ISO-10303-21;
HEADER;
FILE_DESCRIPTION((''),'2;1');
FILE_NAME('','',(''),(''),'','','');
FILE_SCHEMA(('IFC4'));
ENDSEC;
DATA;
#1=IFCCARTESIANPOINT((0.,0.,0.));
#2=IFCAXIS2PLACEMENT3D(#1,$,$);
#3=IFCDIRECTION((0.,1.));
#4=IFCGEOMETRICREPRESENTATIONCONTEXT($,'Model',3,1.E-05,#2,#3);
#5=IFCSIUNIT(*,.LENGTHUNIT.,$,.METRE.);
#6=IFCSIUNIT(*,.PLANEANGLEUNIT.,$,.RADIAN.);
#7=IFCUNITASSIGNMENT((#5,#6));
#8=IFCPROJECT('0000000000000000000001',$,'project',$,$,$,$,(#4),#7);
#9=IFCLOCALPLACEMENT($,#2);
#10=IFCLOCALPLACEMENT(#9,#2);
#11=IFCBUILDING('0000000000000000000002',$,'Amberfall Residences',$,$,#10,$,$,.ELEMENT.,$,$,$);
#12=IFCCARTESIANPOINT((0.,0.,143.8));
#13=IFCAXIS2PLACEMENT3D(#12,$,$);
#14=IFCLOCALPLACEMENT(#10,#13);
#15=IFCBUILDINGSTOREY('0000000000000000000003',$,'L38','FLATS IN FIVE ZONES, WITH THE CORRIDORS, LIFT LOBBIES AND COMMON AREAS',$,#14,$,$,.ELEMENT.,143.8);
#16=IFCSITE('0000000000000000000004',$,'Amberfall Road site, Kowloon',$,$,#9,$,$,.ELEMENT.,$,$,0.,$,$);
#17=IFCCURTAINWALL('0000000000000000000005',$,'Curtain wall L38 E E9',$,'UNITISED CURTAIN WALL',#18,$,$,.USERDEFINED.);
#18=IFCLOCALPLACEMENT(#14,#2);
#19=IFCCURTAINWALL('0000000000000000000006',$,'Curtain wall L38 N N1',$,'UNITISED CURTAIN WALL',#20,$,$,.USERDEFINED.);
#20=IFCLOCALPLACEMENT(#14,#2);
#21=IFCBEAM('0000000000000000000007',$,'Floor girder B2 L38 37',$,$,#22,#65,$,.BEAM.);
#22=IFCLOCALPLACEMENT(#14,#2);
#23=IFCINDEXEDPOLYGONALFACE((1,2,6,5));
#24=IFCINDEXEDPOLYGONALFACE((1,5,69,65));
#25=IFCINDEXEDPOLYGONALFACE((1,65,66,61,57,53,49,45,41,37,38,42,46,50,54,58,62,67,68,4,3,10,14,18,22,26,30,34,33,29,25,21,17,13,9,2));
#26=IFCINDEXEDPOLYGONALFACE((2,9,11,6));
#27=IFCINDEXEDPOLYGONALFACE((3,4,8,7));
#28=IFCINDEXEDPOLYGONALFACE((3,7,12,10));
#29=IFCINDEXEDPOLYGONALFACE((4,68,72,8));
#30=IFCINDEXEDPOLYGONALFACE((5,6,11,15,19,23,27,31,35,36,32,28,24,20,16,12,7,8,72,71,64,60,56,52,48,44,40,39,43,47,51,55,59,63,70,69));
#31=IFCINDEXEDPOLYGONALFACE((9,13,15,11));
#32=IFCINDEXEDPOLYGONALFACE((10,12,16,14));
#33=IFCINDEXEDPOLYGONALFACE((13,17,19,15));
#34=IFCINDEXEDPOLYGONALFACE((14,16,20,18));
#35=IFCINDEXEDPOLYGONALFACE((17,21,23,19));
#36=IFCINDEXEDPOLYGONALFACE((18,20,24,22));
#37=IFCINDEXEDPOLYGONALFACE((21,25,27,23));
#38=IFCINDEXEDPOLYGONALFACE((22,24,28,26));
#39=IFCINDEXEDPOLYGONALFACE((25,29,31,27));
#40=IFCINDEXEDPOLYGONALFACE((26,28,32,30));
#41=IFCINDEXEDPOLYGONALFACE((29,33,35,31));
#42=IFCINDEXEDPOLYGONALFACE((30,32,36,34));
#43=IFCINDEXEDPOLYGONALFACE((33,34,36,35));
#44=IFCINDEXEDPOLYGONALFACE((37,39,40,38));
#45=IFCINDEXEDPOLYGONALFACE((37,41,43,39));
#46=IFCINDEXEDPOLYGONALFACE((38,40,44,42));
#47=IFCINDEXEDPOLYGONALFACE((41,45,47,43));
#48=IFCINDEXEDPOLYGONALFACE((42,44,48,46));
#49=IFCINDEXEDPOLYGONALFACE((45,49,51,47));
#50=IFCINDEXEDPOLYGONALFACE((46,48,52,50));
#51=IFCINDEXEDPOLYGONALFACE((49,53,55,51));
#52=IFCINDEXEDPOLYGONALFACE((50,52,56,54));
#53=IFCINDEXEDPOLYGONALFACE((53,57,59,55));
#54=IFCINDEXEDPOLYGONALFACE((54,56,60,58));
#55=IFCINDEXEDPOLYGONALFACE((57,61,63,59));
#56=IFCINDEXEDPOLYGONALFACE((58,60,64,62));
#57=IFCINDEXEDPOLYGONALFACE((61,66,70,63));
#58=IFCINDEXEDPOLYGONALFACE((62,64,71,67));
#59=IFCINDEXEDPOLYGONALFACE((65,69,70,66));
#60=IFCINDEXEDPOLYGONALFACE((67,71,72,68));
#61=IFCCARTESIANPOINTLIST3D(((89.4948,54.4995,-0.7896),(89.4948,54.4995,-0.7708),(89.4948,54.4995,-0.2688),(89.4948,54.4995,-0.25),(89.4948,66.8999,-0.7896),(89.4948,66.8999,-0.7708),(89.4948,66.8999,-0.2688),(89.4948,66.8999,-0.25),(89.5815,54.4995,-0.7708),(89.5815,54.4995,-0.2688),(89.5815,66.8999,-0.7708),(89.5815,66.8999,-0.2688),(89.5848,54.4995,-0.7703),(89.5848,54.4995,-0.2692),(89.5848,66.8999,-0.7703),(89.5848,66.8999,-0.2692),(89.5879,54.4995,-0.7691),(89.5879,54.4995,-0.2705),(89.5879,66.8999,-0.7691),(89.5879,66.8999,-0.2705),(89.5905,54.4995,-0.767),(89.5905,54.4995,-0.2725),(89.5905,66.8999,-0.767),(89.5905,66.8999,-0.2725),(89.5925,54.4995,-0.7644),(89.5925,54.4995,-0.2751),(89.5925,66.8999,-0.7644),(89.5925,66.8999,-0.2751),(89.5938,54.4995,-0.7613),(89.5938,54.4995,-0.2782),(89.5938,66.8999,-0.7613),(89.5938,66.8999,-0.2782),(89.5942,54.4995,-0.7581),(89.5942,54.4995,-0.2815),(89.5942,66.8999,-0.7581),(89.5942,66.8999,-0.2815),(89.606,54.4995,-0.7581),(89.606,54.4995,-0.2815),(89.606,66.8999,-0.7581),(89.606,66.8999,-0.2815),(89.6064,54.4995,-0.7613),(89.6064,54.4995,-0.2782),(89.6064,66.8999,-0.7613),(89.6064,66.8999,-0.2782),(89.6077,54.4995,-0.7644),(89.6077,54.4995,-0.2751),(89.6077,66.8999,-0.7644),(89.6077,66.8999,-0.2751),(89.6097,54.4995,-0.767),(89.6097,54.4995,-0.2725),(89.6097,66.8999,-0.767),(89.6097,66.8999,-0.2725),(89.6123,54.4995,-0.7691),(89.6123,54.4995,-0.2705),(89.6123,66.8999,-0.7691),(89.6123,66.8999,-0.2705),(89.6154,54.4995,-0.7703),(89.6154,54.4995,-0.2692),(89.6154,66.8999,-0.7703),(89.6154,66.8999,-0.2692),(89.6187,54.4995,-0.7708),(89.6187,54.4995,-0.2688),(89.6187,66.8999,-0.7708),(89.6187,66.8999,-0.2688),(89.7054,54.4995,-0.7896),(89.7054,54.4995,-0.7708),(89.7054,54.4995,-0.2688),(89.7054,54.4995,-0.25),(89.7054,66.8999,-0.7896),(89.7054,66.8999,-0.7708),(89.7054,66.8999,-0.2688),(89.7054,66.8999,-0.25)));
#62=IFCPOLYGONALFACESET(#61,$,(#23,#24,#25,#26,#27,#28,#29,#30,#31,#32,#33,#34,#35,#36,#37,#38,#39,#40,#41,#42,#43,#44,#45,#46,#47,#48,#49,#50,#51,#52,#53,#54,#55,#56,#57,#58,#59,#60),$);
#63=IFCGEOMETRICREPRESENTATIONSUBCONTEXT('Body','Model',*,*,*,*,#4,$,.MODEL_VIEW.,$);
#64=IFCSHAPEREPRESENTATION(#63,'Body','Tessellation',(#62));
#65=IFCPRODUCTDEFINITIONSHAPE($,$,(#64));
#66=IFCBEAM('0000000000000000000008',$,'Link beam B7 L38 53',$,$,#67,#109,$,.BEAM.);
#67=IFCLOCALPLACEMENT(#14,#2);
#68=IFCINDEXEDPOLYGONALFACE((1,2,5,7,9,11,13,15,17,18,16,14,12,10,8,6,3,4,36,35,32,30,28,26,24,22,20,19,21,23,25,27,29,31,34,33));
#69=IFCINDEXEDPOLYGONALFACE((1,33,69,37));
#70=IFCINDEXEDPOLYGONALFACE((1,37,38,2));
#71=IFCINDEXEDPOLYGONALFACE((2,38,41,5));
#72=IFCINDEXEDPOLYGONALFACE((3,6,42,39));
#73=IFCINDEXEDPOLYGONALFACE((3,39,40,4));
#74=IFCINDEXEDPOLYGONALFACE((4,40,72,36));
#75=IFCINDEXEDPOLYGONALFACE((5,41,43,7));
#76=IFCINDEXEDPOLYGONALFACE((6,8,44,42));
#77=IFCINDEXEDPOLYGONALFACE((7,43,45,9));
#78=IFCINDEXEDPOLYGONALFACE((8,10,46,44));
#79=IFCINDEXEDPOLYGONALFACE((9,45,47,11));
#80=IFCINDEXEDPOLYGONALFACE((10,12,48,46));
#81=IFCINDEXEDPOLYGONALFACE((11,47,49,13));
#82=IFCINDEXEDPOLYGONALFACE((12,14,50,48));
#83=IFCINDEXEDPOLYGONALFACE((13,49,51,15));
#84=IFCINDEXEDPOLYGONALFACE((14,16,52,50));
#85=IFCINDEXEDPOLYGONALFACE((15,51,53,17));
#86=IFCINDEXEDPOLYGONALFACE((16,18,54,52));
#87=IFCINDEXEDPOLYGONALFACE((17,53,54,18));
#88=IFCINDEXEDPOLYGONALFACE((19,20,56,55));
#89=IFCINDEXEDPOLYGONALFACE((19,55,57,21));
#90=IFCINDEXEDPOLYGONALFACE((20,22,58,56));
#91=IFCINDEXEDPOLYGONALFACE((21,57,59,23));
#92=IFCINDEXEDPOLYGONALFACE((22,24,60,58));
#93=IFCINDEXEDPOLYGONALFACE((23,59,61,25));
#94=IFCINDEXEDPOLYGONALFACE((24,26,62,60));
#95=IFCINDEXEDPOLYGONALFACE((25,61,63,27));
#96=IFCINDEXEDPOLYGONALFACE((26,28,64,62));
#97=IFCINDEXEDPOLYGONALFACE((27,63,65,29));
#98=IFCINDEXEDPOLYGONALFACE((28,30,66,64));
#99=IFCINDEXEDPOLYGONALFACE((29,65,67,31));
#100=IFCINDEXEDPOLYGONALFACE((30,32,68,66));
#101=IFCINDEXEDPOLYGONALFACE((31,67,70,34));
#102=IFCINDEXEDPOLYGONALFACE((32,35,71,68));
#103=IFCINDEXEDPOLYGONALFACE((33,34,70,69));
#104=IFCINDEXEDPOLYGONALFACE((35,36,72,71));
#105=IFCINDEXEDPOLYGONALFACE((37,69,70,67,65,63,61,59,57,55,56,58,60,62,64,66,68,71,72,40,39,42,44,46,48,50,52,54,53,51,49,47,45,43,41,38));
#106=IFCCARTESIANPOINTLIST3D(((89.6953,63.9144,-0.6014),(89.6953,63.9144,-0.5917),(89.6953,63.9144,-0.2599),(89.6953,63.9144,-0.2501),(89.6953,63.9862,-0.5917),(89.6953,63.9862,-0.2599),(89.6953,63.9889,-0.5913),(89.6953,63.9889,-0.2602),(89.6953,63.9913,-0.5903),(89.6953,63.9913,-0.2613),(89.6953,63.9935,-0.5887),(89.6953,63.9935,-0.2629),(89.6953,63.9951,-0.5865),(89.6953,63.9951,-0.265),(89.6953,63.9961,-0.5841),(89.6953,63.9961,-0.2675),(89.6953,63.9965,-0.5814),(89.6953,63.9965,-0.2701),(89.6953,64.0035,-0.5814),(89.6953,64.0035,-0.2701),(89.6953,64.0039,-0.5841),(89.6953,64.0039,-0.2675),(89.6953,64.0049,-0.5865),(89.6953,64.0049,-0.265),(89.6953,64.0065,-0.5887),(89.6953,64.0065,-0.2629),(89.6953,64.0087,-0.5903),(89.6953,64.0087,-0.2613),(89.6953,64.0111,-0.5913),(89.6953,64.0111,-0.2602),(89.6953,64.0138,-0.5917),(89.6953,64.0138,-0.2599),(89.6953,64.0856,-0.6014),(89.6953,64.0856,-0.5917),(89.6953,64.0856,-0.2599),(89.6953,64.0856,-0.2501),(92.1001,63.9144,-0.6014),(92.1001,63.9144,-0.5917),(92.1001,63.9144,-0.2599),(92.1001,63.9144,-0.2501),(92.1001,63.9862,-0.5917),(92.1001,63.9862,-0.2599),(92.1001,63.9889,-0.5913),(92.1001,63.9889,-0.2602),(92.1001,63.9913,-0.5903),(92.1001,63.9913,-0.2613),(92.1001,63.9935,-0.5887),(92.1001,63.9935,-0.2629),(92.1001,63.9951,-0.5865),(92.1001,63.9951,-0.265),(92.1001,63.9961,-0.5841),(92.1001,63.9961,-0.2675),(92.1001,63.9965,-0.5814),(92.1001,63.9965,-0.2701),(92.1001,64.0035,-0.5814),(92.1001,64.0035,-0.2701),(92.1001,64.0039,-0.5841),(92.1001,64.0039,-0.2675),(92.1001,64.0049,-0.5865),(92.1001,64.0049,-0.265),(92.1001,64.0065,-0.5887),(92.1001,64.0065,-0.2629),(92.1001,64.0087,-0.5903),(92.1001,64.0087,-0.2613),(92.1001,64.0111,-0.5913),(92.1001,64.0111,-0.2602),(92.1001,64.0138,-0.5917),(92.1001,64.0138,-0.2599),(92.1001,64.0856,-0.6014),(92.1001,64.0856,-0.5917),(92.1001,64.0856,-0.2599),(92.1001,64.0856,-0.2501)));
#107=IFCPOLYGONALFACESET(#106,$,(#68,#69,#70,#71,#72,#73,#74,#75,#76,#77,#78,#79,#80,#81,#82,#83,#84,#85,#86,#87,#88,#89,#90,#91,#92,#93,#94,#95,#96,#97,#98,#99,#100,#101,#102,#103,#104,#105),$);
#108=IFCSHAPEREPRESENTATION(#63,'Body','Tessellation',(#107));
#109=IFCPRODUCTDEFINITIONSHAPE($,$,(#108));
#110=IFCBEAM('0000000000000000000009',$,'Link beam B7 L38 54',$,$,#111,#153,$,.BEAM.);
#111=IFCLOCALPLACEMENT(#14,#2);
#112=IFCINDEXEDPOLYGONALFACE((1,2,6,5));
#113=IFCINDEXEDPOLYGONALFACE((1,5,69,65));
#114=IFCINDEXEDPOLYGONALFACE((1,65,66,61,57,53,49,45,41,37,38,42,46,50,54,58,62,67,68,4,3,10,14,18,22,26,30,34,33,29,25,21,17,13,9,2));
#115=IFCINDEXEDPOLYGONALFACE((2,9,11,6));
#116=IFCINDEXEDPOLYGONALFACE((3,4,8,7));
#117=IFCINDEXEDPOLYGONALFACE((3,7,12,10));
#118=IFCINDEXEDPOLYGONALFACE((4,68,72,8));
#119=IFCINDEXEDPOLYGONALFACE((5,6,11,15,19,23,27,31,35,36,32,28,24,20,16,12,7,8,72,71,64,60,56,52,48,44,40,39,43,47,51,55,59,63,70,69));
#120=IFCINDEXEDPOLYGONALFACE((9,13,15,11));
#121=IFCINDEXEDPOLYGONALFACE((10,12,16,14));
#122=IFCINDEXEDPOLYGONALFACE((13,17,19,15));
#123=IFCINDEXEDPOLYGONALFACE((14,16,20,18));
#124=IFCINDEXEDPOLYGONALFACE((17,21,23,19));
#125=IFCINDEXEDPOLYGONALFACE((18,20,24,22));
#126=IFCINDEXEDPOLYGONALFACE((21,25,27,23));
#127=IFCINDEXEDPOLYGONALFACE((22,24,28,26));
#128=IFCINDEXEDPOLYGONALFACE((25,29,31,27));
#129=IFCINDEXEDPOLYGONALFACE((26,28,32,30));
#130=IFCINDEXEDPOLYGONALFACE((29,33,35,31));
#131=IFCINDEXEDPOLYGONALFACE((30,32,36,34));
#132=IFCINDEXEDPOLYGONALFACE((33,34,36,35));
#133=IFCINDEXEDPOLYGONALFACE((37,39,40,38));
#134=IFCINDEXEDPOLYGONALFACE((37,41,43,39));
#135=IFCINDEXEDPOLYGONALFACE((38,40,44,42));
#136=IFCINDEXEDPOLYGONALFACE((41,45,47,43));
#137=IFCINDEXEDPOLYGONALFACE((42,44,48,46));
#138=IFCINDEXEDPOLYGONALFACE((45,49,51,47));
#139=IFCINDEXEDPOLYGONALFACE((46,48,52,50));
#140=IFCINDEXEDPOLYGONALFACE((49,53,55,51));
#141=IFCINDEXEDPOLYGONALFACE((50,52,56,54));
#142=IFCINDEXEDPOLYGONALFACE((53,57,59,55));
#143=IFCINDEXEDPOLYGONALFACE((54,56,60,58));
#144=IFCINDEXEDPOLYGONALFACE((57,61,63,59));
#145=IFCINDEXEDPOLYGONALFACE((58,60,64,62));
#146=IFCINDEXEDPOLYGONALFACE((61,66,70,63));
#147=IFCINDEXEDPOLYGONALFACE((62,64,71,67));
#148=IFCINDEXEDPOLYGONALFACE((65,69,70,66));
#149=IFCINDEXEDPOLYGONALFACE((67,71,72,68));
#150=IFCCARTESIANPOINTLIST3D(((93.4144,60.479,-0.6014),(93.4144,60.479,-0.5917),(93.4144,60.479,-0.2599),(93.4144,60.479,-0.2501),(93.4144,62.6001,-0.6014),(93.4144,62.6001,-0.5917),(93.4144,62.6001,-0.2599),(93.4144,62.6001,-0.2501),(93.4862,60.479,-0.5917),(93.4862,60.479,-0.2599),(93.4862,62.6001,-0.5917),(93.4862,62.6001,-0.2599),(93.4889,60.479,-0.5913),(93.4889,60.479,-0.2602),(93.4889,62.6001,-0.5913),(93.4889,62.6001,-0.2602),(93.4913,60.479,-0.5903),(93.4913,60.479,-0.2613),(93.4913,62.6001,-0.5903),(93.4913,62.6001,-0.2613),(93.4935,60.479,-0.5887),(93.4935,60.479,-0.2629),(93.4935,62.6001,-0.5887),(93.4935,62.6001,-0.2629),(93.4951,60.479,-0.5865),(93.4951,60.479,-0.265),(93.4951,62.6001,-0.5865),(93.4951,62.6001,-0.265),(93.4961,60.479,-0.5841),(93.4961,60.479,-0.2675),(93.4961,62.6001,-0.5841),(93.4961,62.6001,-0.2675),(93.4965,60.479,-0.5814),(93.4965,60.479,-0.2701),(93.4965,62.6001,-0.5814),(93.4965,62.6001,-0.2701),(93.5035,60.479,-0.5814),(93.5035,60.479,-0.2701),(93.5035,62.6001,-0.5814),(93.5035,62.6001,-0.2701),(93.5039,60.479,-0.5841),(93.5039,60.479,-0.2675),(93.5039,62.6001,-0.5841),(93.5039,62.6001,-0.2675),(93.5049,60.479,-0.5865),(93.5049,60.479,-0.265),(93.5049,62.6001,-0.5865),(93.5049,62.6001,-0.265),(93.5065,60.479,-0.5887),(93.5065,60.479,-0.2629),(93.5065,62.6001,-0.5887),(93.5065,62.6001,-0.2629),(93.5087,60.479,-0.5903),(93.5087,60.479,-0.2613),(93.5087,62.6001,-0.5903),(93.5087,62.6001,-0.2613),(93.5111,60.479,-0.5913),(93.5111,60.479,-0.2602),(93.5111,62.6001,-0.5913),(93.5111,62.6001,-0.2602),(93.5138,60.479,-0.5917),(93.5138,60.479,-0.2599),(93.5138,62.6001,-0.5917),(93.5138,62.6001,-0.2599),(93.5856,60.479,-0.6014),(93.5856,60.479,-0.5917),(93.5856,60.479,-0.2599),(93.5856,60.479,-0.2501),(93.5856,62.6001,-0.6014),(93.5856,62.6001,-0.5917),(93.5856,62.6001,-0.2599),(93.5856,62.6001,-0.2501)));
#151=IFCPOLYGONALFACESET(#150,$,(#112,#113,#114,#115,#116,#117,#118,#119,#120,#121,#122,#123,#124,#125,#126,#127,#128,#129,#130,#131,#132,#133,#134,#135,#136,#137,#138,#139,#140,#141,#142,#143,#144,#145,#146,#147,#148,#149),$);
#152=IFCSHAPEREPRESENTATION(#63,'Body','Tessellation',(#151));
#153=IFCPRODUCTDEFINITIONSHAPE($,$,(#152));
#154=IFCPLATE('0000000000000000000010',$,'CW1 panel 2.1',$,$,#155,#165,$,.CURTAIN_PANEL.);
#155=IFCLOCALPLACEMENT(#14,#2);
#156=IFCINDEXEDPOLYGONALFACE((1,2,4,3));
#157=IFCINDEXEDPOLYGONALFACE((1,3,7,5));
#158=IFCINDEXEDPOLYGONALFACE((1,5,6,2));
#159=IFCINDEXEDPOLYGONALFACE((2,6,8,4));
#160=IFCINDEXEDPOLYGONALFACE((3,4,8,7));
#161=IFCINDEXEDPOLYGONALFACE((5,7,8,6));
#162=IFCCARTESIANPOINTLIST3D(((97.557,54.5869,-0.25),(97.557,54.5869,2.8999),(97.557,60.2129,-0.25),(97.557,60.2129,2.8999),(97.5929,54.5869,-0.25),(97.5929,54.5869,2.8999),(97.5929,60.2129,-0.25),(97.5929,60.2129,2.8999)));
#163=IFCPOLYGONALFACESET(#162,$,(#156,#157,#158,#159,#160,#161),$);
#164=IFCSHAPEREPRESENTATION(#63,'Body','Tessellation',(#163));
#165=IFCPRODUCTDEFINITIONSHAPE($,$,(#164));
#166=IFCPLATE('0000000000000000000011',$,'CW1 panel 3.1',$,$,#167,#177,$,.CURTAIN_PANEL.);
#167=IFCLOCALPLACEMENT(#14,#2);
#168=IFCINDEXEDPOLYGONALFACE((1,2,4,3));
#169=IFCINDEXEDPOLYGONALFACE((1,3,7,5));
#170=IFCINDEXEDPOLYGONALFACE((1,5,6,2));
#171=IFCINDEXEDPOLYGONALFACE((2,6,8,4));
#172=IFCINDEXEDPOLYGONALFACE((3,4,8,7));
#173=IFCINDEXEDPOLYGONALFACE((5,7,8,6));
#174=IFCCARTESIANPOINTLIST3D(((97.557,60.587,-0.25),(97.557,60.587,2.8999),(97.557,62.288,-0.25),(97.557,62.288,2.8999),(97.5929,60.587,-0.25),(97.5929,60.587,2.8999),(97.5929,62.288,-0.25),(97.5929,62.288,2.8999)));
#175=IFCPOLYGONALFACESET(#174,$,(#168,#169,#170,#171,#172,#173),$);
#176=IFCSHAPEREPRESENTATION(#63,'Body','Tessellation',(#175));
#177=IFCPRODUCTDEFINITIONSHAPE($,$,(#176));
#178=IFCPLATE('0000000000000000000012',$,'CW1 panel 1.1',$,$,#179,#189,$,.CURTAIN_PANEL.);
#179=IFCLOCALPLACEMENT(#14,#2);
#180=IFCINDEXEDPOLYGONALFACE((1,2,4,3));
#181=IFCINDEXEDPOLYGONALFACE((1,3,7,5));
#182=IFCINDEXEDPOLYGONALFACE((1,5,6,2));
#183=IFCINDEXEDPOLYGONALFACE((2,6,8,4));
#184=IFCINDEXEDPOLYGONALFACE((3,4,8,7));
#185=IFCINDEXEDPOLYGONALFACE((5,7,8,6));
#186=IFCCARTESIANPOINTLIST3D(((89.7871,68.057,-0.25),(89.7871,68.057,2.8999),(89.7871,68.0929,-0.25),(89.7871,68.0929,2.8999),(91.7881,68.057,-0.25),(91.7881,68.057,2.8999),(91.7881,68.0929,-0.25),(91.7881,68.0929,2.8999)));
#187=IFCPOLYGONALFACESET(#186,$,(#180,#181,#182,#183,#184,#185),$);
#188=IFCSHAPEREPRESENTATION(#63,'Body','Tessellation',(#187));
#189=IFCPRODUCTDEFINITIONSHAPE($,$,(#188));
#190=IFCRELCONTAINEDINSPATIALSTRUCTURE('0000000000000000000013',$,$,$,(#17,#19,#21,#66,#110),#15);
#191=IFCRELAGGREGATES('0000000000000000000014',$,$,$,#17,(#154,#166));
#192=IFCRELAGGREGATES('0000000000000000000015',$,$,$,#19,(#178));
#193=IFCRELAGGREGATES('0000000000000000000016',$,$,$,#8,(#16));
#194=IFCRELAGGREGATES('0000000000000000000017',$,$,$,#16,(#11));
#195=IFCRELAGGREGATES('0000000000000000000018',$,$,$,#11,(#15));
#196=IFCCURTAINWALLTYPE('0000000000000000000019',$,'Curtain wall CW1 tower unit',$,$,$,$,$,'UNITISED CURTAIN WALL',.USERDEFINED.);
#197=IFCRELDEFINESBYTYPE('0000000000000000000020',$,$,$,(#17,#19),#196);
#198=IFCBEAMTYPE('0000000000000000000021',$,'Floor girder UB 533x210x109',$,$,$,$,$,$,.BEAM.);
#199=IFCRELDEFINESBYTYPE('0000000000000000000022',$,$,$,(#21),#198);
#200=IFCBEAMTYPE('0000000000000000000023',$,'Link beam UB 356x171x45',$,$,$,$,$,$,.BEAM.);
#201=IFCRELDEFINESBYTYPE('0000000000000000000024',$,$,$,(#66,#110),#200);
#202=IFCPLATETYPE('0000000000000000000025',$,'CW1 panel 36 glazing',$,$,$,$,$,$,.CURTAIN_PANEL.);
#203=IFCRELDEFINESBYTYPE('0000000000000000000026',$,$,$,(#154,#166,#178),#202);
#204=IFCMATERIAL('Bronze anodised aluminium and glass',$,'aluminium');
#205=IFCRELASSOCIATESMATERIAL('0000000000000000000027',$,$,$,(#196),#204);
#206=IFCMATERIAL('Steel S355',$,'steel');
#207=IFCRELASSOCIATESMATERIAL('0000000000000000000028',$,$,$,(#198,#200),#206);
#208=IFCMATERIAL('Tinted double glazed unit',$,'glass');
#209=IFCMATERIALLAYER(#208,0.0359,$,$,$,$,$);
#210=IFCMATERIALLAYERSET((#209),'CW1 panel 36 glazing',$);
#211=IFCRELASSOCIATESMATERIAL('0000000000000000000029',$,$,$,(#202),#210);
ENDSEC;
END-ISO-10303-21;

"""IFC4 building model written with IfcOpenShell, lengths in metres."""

from ifc_helpers import new_model, si_unit, direction, frame, origin, origin_2d, place, context, subcontext, project, spatial, rectangle, i_section, extrude, material, layer, layer_set, material_profile, profile_set, type_object, element, aggregate, save


model = new_model("IFC4")

# Units and contexts
model_context = context("Model", 3, precision=1e-05, world=origin(), true_north=direction((0.0, 1.0)))
body_context = subcontext(model_context, "Body", "Model", "MODEL_VIEW")
ifc_project = project(units=[si_unit("LENGTHUNIT", "METRE"), si_unit("PLANEANGLEUNIT", "RADIAN")], contexts=[model_context])

# Site, building, storey
site_placement = place(None, origin())
site = spatial("IfcSite", under=ifc_project, at=site_placement, Name="Amberfall Road site, Kowloon", CompositionType="ELEMENT", RefElevation=0.0)
building_placement = place(site_placement, origin())
building = spatial("IfcBuilding", under=site, at=building_placement, Name="Amberfall Residences", CompositionType="ELEMENT")
storey_placement = place(building_placement, frame((0.0, 0.0, 143.8)))
storey = spatial("IfcBuildingStorey", under=building, at=storey_placement, Name="L38", Description="FLATS IN FIVE ZONES, WITH THE CORRIDORS, LIFT LOBBIES AND COMMON AREAS", CompositionType="ELEMENT", Elevation=143.8)

# Curtain walls
ifc_material_1 = material(Name="Bronze anodised aluminium and glass", Category="aluminium")
curtain_wall_type = type_object("IfcCurtainWallType", Name="Curtain wall CW1 tower unit", ElementType="UNITISED CURTAIN WALL", PredefinedType="USERDEFINED", material=ifc_material_1)
curtain_wall_1_placement = place(storey_placement, origin())
curtain_wall_1 = element("IfcCurtainWall", 1, at=curtain_wall_1_placement, inside=storey, type_object=curtain_wall_type, Name="Curtain wall L38 E E9", ObjectType="UNITISED CURTAIN WALL", PredefinedType="USERDEFINED")
curtain_wall_2_placement = place(storey_placement, origin())
curtain_wall_2 = element("IfcCurtainWall", 2, at=curtain_wall_2_placement, inside=storey, type_object=curtain_wall_type, Name="Curtain wall L38 N N1", ObjectType="UNITISED CURTAIN WALL", PredefinedType="USERDEFINED")

# Beams
ifc_material_2 = material(Name="Steel S355", Category="steel")
ifc_material_profile_1 = material_profile(ifc_material_2, i_section(OverallWidth=0.2107, OverallDepth=0.5396, WebThickness=0.0117, FlangeThickness=0.0188, FilletRadius=0.0127, at=origin_2d()), Name="UB 533x210x109")
ifc_profile_set_1 = profile_set([ifc_material_profile_1], Name="Steel S355")
beam_type_1 = type_object("IfcBeamType", Name="Floor girder UB 533x210x109", PredefinedType="BEAM", material=ifc_profile_set_1)
beam_1_placement = place(storey_placement, frame((89.6001, 66.8999, -0.5198), z_axis=(0.0, -1.0, 0.0), x_axis=(1.0, 0.0, 0.0)))
element("IfcBeam", 3, at=beam_1_placement, inside=storey, type_object=beam_type_1, Name="Floor girder B2 L38 37", PredefinedType="BEAM", context=body_context, shape_type="SweptSolid", body=[
    extrude(i_section(OverallWidth=0.2107, OverallDepth=0.5396, WebThickness=0.0117, FlangeThickness=0.0188, FilletRadius=0.0127, at=origin_2d()), origin(), (0.0, 0.0, 1.0), 12.4004),
])
ifc_material_profile_2 = material_profile(ifc_material_2, i_section(OverallWidth=0.1711, OverallDepth=0.3513, WebThickness=0.0071, FlangeThickness=0.0098, FilletRadius=0.0103, at=origin_2d()), Name="UB 356x171x45")
ifc_profile_set_2 = profile_set([ifc_material_profile_2], Name="Steel S355")
beam_type_2 = type_object("IfcBeamType", Name="Link beam UB 356x171x45", PredefinedType="BEAM", material=ifc_profile_set_2)
beam_2_placement = place(storey_placement, frame((92.1001, 64.0, -0.4258), z_axis=(-1.0, 0.0, 0.0), x_axis=(0.0, -1.0, 0.0)))
element("IfcBeam", 4, at=beam_2_placement, inside=storey, type_object=beam_type_2, Name="Link beam B7 L38 53", PredefinedType="BEAM", context=body_context, shape_type="SweptSolid", body=[
    extrude(i_section(OverallWidth=0.1711, OverallDepth=0.3513, WebThickness=0.0071, FlangeThickness=0.0098, FilletRadius=0.0103, at=origin_2d()), origin(), (0.0, 0.0, 1.0), 2.4048),
])
beam_3_placement = place(storey_placement, frame((93.5, 62.6001, -0.4258), z_axis=(0.0, -1.0, 0.0), x_axis=(1.0, 0.0, 0.0)))
element("IfcBeam", 5, at=beam_3_placement, inside=storey, type_object=beam_type_2, Name="Link beam B7 L38 54", PredefinedType="BEAM", context=body_context, shape_type="SweptSolid", body=[
    extrude(i_section(OverallWidth=0.1711, OverallDepth=0.3513, WebThickness=0.0071, FlangeThickness=0.0098, FilletRadius=0.0103, at=origin_2d()), origin(), (0.0, 0.0, 1.0), 2.1211),
])

# Plates
ifc_material_3 = material(Name="Tinted double glazed unit", Category="glass")
ifc_layer_1 = layer(ifc_material_3, 0.0359)
ifc_layer_set_1 = layer_set([ifc_layer_1], Name="CW1 panel 36 glazing")
plate_type = type_object("IfcPlateType", Name="CW1 panel 36 glazing", PredefinedType="CURTAIN_PANEL", material=ifc_layer_set_1)
plate_1_placement = place(storey_placement, frame((97.575, 57.3999, -0.25), z_axis=(0.0, 0.0, 1.0), x_axis=(0.0, 1.0, 0.0)))
plate_1 = element("IfcPlate", 6, at=plate_1_placement, type_object=plate_type, Name="CW1 panel 2.1", PredefinedType="CURTAIN_PANEL", context=body_context, shape_type="SweptSolid", body=[
    extrude(rectangle(XDim=5.626, YDim=0.0359, at=origin_2d()), origin(), (0.0, 0.0, 1.0), 3.1499),
])
plate_2_placement = place(storey_placement, frame((97.575, 61.4375, -0.25), z_axis=(0.0, 0.0, 1.0), x_axis=(0.0, 1.0, 0.0)))
plate_2 = element("IfcPlate", 7, at=plate_2_placement, type_object=plate_type, Name="CW1 panel 3.1", PredefinedType="CURTAIN_PANEL", context=body_context, shape_type="SweptSolid", body=[
    extrude(rectangle(XDim=1.7009, YDim=0.0359, at=origin_2d()), origin(), (0.0, 0.0, 1.0), 3.1499),
])
aggregate(curtain_wall_1, [plate_1, plate_2])
plate_3_placement = place(storey_placement, frame((90.7876, 68.075, -0.25), z_axis=(0.0, 0.0, 1.0), x_axis=(-1.0, 0.0, 0.0)))
plate_3 = element("IfcPlate", 8, at=plate_3_placement, type_object=plate_type, Name="CW1 panel 1.1", PredefinedType="CURTAIN_PANEL", context=body_context, shape_type="SweptSolid", body=[
    extrude(rectangle(XDim=2.001, YDim=0.0359, at=origin_2d()), origin(), (0.0, 0.0, 1.0), 3.1499),
])
aggregate(curtain_wall_2, [plate_3])

save(model, "model.ifc")
